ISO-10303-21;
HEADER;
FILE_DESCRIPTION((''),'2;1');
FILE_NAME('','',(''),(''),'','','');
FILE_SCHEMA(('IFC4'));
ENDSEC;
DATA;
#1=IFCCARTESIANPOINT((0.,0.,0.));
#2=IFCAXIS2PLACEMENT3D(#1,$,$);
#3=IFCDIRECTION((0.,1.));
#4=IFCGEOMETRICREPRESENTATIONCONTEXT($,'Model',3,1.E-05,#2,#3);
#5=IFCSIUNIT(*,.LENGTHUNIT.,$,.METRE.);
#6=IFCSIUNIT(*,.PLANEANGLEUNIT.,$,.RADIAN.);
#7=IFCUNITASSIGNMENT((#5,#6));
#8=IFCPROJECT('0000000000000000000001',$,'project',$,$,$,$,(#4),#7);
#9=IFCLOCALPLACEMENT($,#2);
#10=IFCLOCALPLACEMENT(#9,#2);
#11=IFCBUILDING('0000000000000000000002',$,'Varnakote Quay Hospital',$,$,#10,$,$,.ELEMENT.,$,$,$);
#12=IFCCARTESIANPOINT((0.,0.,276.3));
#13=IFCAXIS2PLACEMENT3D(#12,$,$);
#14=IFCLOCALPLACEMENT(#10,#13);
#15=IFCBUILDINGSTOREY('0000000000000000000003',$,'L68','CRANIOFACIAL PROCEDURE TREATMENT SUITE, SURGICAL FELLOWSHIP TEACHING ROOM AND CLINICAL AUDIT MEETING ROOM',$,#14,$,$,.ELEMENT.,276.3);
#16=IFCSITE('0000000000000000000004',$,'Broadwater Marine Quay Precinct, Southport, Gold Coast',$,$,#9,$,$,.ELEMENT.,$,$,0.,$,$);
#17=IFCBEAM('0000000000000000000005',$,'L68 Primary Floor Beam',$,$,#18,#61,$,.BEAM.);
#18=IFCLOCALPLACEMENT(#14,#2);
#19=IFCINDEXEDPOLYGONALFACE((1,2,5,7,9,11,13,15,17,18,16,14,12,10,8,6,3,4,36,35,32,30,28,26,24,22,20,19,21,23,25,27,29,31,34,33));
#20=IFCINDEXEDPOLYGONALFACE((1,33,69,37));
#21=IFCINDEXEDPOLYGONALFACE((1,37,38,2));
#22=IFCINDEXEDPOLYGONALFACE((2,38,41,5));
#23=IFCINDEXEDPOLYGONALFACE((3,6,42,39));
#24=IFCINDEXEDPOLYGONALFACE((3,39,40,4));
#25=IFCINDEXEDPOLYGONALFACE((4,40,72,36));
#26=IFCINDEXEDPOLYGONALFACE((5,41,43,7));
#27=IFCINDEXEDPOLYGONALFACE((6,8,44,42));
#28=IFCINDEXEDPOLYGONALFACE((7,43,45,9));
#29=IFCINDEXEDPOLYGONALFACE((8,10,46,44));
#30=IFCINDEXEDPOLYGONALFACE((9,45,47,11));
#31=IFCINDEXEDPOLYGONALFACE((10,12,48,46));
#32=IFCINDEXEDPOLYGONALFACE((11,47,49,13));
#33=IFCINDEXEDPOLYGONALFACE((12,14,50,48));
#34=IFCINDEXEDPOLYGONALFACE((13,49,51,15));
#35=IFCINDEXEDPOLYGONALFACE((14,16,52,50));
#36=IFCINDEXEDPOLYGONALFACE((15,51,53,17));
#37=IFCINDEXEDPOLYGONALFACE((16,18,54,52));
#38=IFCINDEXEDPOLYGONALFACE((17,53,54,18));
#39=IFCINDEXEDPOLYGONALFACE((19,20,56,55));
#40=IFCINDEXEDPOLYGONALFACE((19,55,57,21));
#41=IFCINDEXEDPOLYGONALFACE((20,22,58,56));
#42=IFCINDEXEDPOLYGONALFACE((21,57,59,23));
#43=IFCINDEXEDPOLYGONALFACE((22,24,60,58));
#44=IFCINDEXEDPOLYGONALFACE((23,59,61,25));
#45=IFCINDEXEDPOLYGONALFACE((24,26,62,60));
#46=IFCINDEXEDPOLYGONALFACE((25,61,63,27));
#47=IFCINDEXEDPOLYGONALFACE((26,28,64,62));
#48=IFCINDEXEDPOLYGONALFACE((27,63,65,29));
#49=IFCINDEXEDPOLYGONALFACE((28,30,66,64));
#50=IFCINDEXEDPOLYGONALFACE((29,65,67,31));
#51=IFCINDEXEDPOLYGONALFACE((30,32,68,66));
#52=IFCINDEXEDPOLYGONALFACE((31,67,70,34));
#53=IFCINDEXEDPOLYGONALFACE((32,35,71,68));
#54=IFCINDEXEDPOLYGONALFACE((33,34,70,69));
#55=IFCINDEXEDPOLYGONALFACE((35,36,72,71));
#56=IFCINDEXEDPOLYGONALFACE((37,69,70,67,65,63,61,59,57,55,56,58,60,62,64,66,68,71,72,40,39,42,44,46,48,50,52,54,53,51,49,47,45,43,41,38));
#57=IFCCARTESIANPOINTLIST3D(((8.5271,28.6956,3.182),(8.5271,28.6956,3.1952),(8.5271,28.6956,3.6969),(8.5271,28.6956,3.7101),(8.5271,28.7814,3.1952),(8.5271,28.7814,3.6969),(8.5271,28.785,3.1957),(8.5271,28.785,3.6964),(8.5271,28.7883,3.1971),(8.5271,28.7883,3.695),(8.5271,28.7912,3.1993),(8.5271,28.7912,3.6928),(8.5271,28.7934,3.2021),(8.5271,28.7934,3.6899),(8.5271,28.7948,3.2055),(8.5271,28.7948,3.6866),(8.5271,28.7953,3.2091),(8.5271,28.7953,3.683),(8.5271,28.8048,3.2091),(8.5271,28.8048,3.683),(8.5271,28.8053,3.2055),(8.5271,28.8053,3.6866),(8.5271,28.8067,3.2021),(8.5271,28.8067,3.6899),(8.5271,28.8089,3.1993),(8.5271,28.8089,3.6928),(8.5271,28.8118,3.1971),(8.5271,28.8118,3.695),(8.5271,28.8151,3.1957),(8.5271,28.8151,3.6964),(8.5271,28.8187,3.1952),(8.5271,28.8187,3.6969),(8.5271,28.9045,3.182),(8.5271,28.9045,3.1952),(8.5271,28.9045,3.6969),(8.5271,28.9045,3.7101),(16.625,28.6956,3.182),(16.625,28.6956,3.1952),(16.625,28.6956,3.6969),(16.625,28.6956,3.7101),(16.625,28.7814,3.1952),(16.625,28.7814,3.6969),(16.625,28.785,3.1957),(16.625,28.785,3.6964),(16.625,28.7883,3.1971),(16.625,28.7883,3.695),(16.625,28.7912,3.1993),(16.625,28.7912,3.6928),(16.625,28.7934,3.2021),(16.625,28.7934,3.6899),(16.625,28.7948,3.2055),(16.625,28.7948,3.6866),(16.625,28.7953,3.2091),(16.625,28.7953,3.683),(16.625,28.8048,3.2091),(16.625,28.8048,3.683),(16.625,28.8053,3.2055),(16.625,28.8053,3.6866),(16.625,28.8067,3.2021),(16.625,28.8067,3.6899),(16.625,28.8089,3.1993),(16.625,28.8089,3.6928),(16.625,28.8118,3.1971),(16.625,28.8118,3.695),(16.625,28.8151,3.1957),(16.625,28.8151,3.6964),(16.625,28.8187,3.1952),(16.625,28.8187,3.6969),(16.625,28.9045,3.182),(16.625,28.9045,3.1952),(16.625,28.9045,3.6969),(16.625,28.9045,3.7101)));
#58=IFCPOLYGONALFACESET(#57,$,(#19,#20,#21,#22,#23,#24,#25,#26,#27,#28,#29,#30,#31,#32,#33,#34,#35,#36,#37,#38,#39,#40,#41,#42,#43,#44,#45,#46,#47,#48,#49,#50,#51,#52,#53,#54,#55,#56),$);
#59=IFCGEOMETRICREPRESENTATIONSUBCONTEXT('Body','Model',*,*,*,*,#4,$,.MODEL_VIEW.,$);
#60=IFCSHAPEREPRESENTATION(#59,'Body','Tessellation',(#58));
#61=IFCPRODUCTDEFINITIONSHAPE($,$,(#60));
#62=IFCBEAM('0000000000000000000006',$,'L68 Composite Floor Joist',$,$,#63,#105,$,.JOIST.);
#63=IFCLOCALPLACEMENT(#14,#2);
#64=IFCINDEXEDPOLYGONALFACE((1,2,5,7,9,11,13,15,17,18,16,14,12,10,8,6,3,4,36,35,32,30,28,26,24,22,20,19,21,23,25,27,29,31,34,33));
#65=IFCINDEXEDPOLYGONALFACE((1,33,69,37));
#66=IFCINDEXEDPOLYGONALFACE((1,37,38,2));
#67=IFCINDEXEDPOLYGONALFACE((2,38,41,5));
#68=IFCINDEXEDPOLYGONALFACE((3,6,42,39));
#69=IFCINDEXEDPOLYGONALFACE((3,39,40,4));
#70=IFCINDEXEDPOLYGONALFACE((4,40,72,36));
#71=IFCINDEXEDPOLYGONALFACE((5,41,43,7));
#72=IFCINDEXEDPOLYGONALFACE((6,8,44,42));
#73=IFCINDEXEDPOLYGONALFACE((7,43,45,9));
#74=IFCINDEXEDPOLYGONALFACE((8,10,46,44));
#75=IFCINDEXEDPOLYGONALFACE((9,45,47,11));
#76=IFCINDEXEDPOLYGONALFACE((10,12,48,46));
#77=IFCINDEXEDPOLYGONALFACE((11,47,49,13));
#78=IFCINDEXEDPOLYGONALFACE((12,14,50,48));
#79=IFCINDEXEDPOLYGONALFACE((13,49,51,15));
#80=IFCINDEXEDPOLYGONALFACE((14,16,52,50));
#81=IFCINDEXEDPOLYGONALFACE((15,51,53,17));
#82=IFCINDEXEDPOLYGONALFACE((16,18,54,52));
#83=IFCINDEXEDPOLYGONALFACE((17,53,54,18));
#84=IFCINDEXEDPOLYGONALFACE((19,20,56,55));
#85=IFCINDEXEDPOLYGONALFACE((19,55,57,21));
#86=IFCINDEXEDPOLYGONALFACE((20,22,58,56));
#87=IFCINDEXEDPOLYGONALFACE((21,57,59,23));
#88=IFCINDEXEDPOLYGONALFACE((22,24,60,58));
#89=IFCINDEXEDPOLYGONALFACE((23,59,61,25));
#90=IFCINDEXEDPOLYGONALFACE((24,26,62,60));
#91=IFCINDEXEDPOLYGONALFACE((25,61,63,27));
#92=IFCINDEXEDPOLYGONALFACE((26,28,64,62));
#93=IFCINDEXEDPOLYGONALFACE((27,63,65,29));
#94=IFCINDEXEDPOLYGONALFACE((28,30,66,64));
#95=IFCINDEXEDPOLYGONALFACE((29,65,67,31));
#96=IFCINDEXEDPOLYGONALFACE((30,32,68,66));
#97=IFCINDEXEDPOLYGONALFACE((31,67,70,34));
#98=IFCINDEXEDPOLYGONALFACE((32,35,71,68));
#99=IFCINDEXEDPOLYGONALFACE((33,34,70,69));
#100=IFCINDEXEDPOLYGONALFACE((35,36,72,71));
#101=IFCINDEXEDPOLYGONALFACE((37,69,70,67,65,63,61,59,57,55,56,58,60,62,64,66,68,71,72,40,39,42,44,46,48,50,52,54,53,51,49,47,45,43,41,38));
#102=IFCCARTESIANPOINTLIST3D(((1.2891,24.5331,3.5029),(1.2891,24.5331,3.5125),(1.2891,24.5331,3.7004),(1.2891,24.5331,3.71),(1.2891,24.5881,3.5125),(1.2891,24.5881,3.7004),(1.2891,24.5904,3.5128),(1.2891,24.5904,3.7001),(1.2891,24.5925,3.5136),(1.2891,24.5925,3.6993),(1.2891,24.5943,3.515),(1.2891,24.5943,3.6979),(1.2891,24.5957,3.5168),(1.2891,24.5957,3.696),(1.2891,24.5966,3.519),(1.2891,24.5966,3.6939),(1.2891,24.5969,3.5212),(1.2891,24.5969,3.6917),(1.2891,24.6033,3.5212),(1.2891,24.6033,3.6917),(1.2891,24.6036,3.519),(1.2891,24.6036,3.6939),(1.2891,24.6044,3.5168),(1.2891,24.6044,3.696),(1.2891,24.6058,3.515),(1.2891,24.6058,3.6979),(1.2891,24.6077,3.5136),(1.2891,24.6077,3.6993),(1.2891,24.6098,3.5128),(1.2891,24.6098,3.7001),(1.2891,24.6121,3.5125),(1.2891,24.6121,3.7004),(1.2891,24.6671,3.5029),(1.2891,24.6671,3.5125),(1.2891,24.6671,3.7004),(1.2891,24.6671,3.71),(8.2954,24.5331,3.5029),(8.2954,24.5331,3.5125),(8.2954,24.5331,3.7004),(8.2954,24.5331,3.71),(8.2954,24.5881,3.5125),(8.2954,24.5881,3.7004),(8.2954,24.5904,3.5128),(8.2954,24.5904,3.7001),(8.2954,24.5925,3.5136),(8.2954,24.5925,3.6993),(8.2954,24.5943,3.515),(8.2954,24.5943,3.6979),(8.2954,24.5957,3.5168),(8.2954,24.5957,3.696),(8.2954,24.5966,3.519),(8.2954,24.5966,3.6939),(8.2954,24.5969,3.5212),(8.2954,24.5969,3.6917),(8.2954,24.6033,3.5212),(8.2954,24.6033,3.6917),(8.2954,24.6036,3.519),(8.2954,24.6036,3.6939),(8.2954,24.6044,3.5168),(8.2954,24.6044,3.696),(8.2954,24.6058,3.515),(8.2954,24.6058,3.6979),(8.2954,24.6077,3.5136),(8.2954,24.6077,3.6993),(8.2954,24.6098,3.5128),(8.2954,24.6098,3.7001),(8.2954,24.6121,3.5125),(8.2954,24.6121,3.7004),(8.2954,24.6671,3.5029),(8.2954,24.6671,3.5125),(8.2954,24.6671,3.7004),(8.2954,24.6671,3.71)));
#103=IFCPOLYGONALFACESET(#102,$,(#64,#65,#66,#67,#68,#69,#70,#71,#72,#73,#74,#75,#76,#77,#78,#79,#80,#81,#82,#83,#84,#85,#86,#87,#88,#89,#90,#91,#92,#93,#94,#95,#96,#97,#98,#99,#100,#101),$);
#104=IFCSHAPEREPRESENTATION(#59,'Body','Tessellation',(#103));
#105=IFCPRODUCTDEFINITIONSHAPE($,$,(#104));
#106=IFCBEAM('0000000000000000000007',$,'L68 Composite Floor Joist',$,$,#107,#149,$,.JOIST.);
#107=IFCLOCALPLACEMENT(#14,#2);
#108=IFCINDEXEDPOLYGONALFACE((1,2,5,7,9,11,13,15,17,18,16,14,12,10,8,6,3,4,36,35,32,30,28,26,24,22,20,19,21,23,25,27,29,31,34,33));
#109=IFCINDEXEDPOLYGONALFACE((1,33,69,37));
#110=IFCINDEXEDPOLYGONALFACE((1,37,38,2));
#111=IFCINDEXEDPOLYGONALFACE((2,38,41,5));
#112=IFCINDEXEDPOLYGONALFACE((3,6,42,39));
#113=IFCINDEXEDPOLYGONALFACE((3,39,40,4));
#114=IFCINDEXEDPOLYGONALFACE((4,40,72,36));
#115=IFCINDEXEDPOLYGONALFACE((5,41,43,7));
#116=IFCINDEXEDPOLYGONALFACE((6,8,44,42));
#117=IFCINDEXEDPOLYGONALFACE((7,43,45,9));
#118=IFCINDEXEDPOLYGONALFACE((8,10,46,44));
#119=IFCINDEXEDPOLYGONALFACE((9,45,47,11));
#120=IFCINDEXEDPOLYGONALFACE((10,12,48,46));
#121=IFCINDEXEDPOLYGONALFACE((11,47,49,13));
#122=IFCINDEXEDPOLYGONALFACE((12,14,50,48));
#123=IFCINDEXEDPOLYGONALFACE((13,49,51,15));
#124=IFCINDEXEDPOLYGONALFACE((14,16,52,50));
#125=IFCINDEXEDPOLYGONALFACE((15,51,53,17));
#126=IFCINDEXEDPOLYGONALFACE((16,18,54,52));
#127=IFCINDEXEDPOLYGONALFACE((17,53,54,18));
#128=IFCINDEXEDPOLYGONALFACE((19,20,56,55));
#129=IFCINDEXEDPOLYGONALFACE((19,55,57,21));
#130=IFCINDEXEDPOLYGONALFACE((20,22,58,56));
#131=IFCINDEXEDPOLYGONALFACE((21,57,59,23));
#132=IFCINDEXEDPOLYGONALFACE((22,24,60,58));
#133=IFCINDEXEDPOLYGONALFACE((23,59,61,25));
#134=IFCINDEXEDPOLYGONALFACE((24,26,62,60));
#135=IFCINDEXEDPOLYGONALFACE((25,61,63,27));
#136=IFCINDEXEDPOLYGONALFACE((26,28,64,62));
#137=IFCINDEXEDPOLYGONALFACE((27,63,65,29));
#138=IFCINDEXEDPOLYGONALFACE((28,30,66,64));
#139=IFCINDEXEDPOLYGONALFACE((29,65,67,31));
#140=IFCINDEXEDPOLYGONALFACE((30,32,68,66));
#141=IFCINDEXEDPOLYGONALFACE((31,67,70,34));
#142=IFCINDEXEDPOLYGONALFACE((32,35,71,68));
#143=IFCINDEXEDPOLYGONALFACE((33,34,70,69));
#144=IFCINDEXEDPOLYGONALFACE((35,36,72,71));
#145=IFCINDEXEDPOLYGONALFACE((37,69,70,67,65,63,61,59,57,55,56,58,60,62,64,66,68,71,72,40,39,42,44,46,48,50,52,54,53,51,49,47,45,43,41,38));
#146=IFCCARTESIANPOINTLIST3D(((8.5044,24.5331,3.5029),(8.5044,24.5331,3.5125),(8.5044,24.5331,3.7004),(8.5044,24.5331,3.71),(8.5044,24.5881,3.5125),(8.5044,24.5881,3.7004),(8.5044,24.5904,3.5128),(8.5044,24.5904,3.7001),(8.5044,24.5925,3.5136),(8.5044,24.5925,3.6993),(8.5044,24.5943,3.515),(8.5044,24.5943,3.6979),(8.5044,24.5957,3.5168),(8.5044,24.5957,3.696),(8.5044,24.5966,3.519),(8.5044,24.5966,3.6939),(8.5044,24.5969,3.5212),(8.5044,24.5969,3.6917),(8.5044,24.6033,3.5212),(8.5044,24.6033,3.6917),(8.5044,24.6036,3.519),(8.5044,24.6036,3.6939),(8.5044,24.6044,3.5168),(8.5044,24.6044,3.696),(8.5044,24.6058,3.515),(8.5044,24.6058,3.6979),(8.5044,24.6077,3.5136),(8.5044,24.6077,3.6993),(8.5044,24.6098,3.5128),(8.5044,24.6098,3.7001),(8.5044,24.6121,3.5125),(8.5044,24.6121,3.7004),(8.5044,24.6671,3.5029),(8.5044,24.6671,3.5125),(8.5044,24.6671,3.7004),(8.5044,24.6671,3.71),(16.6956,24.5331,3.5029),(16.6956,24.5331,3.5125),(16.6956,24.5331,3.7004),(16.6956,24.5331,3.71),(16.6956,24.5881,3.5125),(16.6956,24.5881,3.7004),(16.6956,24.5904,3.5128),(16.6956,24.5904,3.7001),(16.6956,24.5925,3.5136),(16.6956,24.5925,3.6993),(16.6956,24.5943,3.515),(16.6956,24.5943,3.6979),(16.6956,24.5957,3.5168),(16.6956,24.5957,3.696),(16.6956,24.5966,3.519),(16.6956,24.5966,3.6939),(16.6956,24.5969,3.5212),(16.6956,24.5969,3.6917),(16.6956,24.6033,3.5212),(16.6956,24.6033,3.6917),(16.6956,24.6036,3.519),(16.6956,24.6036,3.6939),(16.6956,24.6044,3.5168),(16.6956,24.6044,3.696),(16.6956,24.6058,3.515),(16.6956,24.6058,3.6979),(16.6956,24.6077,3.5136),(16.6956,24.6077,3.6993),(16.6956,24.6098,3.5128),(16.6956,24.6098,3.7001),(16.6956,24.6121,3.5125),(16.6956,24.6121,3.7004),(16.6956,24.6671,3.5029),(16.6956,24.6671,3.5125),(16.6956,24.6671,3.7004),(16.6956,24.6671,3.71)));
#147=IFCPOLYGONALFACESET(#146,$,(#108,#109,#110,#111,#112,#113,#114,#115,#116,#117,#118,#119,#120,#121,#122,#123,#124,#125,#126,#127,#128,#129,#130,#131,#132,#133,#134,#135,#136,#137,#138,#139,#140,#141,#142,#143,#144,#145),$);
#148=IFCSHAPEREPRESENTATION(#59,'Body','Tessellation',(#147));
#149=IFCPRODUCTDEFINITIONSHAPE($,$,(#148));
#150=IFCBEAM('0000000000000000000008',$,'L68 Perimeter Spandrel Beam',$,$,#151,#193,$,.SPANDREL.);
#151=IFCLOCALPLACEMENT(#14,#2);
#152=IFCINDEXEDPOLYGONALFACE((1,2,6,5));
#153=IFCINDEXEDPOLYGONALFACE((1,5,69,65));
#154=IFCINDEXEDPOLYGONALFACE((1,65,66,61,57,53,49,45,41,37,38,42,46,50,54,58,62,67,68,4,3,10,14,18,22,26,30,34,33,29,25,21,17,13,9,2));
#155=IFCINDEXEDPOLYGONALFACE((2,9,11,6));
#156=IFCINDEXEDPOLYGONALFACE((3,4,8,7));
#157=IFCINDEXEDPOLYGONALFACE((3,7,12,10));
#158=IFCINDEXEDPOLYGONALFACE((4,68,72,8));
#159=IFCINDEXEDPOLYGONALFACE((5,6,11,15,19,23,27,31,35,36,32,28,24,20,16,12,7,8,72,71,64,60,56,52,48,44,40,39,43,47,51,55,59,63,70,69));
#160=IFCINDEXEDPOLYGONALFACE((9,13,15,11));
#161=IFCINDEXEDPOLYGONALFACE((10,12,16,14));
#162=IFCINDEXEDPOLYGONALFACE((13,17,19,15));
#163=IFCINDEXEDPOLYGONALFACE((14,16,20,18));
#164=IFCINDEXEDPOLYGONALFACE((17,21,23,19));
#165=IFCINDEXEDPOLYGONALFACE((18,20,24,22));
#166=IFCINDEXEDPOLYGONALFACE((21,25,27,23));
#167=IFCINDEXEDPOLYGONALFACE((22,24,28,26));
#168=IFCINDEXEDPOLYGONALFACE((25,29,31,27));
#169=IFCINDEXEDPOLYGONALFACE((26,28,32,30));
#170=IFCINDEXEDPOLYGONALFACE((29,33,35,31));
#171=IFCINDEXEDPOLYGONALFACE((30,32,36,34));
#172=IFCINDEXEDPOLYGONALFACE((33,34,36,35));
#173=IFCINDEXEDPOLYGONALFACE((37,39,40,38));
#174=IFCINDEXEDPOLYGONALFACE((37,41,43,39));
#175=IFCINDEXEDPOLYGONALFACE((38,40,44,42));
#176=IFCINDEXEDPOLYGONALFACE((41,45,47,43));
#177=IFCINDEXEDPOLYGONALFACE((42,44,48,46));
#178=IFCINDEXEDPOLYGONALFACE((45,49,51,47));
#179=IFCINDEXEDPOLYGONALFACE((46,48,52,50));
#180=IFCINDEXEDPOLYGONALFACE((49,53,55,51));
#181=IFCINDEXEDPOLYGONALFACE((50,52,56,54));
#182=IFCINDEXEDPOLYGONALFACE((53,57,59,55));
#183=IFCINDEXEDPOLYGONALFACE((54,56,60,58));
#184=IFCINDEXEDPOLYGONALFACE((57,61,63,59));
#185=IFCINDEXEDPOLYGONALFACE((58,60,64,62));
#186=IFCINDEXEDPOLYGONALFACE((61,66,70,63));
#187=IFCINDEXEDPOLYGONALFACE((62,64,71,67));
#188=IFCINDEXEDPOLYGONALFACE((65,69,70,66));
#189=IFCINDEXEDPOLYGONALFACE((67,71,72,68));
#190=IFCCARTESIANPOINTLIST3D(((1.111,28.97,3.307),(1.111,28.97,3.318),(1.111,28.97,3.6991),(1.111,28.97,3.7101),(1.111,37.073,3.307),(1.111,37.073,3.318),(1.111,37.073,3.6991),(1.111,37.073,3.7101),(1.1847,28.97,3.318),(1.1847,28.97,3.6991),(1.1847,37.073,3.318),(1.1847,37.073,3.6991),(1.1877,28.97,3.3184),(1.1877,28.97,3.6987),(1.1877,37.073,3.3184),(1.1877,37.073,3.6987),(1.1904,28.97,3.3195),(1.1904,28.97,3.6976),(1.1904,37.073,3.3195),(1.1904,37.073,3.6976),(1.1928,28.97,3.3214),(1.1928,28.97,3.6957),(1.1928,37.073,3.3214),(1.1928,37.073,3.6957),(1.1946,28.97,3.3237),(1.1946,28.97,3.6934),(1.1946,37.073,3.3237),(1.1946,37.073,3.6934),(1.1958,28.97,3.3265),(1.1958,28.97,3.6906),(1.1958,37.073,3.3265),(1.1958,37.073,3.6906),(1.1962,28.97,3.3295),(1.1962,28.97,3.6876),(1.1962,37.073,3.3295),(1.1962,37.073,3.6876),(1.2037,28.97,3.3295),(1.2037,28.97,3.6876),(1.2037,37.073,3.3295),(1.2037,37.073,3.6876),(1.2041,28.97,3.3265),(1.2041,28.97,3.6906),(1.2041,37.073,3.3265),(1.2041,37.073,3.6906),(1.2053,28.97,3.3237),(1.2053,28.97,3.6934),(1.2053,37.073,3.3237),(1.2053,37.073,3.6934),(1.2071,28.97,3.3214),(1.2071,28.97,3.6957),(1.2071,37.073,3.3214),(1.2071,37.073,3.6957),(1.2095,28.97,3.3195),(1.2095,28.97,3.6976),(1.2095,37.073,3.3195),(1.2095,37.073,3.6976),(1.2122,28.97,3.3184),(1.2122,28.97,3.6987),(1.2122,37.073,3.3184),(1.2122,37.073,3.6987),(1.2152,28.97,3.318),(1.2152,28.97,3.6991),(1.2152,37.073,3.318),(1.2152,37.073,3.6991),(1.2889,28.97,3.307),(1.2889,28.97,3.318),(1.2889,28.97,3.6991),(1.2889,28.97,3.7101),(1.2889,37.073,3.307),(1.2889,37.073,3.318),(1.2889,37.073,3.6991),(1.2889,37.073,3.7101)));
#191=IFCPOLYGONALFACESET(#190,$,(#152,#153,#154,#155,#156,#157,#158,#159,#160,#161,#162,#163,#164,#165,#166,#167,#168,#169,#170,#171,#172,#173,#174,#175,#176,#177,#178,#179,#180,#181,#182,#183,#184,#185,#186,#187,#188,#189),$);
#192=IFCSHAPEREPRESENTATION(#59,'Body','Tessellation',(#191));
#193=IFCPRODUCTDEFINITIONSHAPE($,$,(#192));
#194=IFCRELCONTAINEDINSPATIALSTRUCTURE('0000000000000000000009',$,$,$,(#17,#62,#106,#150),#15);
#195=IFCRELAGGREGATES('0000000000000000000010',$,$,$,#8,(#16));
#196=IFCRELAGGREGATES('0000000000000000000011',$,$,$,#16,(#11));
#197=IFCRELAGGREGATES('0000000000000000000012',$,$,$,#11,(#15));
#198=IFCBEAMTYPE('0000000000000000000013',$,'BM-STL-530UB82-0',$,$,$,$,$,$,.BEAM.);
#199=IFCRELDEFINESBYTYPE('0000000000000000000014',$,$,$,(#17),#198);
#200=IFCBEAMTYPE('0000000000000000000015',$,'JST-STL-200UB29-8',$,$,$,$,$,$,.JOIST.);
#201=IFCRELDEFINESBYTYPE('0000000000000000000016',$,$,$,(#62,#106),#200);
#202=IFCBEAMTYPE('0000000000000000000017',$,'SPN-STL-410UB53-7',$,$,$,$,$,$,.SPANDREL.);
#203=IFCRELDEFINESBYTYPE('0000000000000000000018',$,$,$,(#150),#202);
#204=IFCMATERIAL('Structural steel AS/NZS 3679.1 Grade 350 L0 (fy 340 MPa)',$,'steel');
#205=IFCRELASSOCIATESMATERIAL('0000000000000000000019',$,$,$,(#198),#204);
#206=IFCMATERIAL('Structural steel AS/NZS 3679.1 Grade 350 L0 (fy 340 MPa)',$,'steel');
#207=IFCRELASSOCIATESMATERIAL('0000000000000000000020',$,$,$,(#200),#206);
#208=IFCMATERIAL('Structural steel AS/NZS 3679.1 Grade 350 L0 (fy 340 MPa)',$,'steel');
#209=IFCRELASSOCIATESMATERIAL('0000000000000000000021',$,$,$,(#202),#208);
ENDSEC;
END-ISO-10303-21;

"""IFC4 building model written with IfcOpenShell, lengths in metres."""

from ifc_helpers import new_model, si_unit, direction, frame, origin, origin_2d, place, context, subcontext, project, spatial, i_section, extrude, material, material_profile, profile_set, type_object, element, save


model = new_model("IFC4")

# Units and contexts
model_context = context("Model", 3, precision=1e-05, world=origin(), true_north=direction((0.0, 1.0)))
body_context = subcontext(model_context, "Body", "Model", "MODEL_VIEW")
ifc_project = project(units=[si_unit("LENGTHUNIT", "METRE"), si_unit("PLANEANGLEUNIT", "RADIAN")], contexts=[model_context])

# Site, building, storey
site_placement = place(None, origin())
site = spatial("IfcSite", under=ifc_project, at=site_placement, Name="Broadwater Marine Quay Precinct, Southport, Gold Coast", CompositionType="ELEMENT", RefElevation=0.0)
building_placement = place(site_placement, origin())
building = spatial("IfcBuilding", under=site, at=building_placement, Name="Varnakote Quay Hospital", CompositionType="ELEMENT")
storey_placement = place(building_placement, frame((0.0, 0.0, 276.3)))
storey = spatial("IfcBuildingStorey", under=building, at=storey_placement, Name="L68", Description="CRANIOFACIAL PROCEDURE TREATMENT SUITE, SURGICAL FELLOWSHIP TEACHING ROOM AND CLINICAL AUDIT MEETING ROOM", CompositionType="ELEMENT", Elevation=276.3)

# Beams
ifc_material_1 = material(Name="Structural steel AS/NZS 3679.1 Grade 350 L0 (fy 340 MPa)", Category="steel")
ifc_material_profile_1 = material_profile(ifc_material_1, i_section(OverallWidth=0.209, OverallDepth=0.5281, WebThickness=0.0095, FlangeThickness=0.0132, FilletRadius=0.0139, at=origin_2d()), Name="530UB82.0")
ifc_profile_set_1 = profile_set([ifc_material_profile_1], Name="Structural steel AS/NZS 3679.1 Grade 350 L0 (fy 340 MPa)")
beam_type_1 = type_object("IfcBeamType", Name="BM-STL-530UB82-0", PredefinedType="BEAM", material=ifc_profile_set_1)
beam_1_placement = place(storey_placement, frame((8.5271, 28.8, 3.446), z_axis=(1.0, 0.0, 0.0), x_axis=(0.0, 1.0, 0.0)))
element("IfcBeam", 1, at=beam_1_placement, inside=storey, type_object=beam_type_1, Name="L68 Primary Floor Beam", PredefinedType="BEAM", context=body_context, shape_type="SweptSolid", body=[
    extrude(i_section(OverallWidth=0.209, OverallDepth=0.5281, WebThickness=0.0095, FlangeThickness=0.0132, FilletRadius=0.0139, at=origin_2d()), origin(), (0.0, 0.0, 1.0), 8.0979),
])
ifc_material_2 = material(Name="Structural steel AS/NZS 3679.1 Grade 350 L0 (fy 340 MPa)", Category="steel")
ifc_material_profile_2 = material_profile(ifc_material_2, i_section(OverallWidth=0.134, OverallDepth=0.207, WebThickness=0.0063, FlangeThickness=0.0095, FilletRadius=0.0088, at=origin_2d()), Name="200UB29.8")
ifc_profile_set_2 = profile_set([ifc_material_profile_2], Name="Structural steel AS/NZS 3679.1 Grade 350 L0 (fy 340 MPa)")
beam_type_2 = type_object("IfcBeamType", Name="JST-STL-200UB29-8", PredefinedType="JOIST", material=ifc_profile_set_2)
beam_2_placement = place(storey_placement, frame((1.2891, 24.6001, 3.6064), z_axis=(1.0, 0.0, 0.0), x_axis=(0.0, 1.0, 0.0)))
element("IfcBeam", 2, at=beam_2_placement, inside=storey, type_object=beam_type_2, Name="L68 Composite Floor Joist", PredefinedType="JOIST", context=body_context, shape_type="SweptSolid", body=[
    extrude(i_section(OverallWidth=0.134, OverallDepth=0.207, WebThickness=0.0063, FlangeThickness=0.0095, FilletRadius=0.0088, at=origin_2d()), origin(), (0.0, 0.0, 1.0), 7.0063),
])
beam_3_placement = place(storey_placement, frame((8.5044, 24.6001, 3.6064), z_axis=(1.0, 0.0, 0.0), x_axis=(0.0, 1.0, 0.0)))
element("IfcBeam", 3, at=beam_3_placement, inside=storey, type_object=beam_type_2, Name="L68 Composite Floor Joist", PredefinedType="JOIST", context=body_context, shape_type="SweptSolid", body=[
    extrude(i_section(OverallWidth=0.134, OverallDepth=0.207, WebThickness=0.0063, FlangeThickness=0.0095, FilletRadius=0.0088, at=origin_2d()), origin(), (0.0, 0.0, 1.0), 8.1912),
])
ifc_material_3 = material(Name="Structural steel AS/NZS 3679.1 Grade 350 L0 (fy 340 MPa)", Category="steel")
ifc_material_profile_3 = material_profile(ifc_material_3, i_section(OverallWidth=0.178, OverallDepth=0.4031, WebThickness=0.0076, FlangeThickness=0.011, FilletRadius=0.0115, at=origin_2d()), Name="410UB53.7")
ifc_profile_set_3 = profile_set([ifc_material_profile_3], Name="Structural steel AS/NZS 3679.1 Grade 350 L0 (fy 340 MPa)")
beam_type_3 = type_object("IfcBeamType", Name="SPN-STL-410UB53-7", PredefinedType="SPANDREL", material=ifc_profile_set_3)
beam_4_placement = place(storey_placement, frame((1.2, 28.97, 3.5085), z_axis=(0.0, 1.0, 0.0), x_axis=(-1.0, 0.0, 0.0)))
element("IfcBeam", 4, at=beam_4_placement, inside=storey, type_object=beam_type_3, Name="L68 Perimeter Spandrel Beam", PredefinedType="SPANDREL", context=body_context, shape_type="SweptSolid", body=[
    extrude(i_section(OverallWidth=0.178, OverallDepth=0.4031, WebThickness=0.0076, FlangeThickness=0.011, FilletRadius=0.0115, at=origin_2d()), origin(), (0.0, 0.0, 1.0), 8.103),
])

save(model, "model.ifc")
